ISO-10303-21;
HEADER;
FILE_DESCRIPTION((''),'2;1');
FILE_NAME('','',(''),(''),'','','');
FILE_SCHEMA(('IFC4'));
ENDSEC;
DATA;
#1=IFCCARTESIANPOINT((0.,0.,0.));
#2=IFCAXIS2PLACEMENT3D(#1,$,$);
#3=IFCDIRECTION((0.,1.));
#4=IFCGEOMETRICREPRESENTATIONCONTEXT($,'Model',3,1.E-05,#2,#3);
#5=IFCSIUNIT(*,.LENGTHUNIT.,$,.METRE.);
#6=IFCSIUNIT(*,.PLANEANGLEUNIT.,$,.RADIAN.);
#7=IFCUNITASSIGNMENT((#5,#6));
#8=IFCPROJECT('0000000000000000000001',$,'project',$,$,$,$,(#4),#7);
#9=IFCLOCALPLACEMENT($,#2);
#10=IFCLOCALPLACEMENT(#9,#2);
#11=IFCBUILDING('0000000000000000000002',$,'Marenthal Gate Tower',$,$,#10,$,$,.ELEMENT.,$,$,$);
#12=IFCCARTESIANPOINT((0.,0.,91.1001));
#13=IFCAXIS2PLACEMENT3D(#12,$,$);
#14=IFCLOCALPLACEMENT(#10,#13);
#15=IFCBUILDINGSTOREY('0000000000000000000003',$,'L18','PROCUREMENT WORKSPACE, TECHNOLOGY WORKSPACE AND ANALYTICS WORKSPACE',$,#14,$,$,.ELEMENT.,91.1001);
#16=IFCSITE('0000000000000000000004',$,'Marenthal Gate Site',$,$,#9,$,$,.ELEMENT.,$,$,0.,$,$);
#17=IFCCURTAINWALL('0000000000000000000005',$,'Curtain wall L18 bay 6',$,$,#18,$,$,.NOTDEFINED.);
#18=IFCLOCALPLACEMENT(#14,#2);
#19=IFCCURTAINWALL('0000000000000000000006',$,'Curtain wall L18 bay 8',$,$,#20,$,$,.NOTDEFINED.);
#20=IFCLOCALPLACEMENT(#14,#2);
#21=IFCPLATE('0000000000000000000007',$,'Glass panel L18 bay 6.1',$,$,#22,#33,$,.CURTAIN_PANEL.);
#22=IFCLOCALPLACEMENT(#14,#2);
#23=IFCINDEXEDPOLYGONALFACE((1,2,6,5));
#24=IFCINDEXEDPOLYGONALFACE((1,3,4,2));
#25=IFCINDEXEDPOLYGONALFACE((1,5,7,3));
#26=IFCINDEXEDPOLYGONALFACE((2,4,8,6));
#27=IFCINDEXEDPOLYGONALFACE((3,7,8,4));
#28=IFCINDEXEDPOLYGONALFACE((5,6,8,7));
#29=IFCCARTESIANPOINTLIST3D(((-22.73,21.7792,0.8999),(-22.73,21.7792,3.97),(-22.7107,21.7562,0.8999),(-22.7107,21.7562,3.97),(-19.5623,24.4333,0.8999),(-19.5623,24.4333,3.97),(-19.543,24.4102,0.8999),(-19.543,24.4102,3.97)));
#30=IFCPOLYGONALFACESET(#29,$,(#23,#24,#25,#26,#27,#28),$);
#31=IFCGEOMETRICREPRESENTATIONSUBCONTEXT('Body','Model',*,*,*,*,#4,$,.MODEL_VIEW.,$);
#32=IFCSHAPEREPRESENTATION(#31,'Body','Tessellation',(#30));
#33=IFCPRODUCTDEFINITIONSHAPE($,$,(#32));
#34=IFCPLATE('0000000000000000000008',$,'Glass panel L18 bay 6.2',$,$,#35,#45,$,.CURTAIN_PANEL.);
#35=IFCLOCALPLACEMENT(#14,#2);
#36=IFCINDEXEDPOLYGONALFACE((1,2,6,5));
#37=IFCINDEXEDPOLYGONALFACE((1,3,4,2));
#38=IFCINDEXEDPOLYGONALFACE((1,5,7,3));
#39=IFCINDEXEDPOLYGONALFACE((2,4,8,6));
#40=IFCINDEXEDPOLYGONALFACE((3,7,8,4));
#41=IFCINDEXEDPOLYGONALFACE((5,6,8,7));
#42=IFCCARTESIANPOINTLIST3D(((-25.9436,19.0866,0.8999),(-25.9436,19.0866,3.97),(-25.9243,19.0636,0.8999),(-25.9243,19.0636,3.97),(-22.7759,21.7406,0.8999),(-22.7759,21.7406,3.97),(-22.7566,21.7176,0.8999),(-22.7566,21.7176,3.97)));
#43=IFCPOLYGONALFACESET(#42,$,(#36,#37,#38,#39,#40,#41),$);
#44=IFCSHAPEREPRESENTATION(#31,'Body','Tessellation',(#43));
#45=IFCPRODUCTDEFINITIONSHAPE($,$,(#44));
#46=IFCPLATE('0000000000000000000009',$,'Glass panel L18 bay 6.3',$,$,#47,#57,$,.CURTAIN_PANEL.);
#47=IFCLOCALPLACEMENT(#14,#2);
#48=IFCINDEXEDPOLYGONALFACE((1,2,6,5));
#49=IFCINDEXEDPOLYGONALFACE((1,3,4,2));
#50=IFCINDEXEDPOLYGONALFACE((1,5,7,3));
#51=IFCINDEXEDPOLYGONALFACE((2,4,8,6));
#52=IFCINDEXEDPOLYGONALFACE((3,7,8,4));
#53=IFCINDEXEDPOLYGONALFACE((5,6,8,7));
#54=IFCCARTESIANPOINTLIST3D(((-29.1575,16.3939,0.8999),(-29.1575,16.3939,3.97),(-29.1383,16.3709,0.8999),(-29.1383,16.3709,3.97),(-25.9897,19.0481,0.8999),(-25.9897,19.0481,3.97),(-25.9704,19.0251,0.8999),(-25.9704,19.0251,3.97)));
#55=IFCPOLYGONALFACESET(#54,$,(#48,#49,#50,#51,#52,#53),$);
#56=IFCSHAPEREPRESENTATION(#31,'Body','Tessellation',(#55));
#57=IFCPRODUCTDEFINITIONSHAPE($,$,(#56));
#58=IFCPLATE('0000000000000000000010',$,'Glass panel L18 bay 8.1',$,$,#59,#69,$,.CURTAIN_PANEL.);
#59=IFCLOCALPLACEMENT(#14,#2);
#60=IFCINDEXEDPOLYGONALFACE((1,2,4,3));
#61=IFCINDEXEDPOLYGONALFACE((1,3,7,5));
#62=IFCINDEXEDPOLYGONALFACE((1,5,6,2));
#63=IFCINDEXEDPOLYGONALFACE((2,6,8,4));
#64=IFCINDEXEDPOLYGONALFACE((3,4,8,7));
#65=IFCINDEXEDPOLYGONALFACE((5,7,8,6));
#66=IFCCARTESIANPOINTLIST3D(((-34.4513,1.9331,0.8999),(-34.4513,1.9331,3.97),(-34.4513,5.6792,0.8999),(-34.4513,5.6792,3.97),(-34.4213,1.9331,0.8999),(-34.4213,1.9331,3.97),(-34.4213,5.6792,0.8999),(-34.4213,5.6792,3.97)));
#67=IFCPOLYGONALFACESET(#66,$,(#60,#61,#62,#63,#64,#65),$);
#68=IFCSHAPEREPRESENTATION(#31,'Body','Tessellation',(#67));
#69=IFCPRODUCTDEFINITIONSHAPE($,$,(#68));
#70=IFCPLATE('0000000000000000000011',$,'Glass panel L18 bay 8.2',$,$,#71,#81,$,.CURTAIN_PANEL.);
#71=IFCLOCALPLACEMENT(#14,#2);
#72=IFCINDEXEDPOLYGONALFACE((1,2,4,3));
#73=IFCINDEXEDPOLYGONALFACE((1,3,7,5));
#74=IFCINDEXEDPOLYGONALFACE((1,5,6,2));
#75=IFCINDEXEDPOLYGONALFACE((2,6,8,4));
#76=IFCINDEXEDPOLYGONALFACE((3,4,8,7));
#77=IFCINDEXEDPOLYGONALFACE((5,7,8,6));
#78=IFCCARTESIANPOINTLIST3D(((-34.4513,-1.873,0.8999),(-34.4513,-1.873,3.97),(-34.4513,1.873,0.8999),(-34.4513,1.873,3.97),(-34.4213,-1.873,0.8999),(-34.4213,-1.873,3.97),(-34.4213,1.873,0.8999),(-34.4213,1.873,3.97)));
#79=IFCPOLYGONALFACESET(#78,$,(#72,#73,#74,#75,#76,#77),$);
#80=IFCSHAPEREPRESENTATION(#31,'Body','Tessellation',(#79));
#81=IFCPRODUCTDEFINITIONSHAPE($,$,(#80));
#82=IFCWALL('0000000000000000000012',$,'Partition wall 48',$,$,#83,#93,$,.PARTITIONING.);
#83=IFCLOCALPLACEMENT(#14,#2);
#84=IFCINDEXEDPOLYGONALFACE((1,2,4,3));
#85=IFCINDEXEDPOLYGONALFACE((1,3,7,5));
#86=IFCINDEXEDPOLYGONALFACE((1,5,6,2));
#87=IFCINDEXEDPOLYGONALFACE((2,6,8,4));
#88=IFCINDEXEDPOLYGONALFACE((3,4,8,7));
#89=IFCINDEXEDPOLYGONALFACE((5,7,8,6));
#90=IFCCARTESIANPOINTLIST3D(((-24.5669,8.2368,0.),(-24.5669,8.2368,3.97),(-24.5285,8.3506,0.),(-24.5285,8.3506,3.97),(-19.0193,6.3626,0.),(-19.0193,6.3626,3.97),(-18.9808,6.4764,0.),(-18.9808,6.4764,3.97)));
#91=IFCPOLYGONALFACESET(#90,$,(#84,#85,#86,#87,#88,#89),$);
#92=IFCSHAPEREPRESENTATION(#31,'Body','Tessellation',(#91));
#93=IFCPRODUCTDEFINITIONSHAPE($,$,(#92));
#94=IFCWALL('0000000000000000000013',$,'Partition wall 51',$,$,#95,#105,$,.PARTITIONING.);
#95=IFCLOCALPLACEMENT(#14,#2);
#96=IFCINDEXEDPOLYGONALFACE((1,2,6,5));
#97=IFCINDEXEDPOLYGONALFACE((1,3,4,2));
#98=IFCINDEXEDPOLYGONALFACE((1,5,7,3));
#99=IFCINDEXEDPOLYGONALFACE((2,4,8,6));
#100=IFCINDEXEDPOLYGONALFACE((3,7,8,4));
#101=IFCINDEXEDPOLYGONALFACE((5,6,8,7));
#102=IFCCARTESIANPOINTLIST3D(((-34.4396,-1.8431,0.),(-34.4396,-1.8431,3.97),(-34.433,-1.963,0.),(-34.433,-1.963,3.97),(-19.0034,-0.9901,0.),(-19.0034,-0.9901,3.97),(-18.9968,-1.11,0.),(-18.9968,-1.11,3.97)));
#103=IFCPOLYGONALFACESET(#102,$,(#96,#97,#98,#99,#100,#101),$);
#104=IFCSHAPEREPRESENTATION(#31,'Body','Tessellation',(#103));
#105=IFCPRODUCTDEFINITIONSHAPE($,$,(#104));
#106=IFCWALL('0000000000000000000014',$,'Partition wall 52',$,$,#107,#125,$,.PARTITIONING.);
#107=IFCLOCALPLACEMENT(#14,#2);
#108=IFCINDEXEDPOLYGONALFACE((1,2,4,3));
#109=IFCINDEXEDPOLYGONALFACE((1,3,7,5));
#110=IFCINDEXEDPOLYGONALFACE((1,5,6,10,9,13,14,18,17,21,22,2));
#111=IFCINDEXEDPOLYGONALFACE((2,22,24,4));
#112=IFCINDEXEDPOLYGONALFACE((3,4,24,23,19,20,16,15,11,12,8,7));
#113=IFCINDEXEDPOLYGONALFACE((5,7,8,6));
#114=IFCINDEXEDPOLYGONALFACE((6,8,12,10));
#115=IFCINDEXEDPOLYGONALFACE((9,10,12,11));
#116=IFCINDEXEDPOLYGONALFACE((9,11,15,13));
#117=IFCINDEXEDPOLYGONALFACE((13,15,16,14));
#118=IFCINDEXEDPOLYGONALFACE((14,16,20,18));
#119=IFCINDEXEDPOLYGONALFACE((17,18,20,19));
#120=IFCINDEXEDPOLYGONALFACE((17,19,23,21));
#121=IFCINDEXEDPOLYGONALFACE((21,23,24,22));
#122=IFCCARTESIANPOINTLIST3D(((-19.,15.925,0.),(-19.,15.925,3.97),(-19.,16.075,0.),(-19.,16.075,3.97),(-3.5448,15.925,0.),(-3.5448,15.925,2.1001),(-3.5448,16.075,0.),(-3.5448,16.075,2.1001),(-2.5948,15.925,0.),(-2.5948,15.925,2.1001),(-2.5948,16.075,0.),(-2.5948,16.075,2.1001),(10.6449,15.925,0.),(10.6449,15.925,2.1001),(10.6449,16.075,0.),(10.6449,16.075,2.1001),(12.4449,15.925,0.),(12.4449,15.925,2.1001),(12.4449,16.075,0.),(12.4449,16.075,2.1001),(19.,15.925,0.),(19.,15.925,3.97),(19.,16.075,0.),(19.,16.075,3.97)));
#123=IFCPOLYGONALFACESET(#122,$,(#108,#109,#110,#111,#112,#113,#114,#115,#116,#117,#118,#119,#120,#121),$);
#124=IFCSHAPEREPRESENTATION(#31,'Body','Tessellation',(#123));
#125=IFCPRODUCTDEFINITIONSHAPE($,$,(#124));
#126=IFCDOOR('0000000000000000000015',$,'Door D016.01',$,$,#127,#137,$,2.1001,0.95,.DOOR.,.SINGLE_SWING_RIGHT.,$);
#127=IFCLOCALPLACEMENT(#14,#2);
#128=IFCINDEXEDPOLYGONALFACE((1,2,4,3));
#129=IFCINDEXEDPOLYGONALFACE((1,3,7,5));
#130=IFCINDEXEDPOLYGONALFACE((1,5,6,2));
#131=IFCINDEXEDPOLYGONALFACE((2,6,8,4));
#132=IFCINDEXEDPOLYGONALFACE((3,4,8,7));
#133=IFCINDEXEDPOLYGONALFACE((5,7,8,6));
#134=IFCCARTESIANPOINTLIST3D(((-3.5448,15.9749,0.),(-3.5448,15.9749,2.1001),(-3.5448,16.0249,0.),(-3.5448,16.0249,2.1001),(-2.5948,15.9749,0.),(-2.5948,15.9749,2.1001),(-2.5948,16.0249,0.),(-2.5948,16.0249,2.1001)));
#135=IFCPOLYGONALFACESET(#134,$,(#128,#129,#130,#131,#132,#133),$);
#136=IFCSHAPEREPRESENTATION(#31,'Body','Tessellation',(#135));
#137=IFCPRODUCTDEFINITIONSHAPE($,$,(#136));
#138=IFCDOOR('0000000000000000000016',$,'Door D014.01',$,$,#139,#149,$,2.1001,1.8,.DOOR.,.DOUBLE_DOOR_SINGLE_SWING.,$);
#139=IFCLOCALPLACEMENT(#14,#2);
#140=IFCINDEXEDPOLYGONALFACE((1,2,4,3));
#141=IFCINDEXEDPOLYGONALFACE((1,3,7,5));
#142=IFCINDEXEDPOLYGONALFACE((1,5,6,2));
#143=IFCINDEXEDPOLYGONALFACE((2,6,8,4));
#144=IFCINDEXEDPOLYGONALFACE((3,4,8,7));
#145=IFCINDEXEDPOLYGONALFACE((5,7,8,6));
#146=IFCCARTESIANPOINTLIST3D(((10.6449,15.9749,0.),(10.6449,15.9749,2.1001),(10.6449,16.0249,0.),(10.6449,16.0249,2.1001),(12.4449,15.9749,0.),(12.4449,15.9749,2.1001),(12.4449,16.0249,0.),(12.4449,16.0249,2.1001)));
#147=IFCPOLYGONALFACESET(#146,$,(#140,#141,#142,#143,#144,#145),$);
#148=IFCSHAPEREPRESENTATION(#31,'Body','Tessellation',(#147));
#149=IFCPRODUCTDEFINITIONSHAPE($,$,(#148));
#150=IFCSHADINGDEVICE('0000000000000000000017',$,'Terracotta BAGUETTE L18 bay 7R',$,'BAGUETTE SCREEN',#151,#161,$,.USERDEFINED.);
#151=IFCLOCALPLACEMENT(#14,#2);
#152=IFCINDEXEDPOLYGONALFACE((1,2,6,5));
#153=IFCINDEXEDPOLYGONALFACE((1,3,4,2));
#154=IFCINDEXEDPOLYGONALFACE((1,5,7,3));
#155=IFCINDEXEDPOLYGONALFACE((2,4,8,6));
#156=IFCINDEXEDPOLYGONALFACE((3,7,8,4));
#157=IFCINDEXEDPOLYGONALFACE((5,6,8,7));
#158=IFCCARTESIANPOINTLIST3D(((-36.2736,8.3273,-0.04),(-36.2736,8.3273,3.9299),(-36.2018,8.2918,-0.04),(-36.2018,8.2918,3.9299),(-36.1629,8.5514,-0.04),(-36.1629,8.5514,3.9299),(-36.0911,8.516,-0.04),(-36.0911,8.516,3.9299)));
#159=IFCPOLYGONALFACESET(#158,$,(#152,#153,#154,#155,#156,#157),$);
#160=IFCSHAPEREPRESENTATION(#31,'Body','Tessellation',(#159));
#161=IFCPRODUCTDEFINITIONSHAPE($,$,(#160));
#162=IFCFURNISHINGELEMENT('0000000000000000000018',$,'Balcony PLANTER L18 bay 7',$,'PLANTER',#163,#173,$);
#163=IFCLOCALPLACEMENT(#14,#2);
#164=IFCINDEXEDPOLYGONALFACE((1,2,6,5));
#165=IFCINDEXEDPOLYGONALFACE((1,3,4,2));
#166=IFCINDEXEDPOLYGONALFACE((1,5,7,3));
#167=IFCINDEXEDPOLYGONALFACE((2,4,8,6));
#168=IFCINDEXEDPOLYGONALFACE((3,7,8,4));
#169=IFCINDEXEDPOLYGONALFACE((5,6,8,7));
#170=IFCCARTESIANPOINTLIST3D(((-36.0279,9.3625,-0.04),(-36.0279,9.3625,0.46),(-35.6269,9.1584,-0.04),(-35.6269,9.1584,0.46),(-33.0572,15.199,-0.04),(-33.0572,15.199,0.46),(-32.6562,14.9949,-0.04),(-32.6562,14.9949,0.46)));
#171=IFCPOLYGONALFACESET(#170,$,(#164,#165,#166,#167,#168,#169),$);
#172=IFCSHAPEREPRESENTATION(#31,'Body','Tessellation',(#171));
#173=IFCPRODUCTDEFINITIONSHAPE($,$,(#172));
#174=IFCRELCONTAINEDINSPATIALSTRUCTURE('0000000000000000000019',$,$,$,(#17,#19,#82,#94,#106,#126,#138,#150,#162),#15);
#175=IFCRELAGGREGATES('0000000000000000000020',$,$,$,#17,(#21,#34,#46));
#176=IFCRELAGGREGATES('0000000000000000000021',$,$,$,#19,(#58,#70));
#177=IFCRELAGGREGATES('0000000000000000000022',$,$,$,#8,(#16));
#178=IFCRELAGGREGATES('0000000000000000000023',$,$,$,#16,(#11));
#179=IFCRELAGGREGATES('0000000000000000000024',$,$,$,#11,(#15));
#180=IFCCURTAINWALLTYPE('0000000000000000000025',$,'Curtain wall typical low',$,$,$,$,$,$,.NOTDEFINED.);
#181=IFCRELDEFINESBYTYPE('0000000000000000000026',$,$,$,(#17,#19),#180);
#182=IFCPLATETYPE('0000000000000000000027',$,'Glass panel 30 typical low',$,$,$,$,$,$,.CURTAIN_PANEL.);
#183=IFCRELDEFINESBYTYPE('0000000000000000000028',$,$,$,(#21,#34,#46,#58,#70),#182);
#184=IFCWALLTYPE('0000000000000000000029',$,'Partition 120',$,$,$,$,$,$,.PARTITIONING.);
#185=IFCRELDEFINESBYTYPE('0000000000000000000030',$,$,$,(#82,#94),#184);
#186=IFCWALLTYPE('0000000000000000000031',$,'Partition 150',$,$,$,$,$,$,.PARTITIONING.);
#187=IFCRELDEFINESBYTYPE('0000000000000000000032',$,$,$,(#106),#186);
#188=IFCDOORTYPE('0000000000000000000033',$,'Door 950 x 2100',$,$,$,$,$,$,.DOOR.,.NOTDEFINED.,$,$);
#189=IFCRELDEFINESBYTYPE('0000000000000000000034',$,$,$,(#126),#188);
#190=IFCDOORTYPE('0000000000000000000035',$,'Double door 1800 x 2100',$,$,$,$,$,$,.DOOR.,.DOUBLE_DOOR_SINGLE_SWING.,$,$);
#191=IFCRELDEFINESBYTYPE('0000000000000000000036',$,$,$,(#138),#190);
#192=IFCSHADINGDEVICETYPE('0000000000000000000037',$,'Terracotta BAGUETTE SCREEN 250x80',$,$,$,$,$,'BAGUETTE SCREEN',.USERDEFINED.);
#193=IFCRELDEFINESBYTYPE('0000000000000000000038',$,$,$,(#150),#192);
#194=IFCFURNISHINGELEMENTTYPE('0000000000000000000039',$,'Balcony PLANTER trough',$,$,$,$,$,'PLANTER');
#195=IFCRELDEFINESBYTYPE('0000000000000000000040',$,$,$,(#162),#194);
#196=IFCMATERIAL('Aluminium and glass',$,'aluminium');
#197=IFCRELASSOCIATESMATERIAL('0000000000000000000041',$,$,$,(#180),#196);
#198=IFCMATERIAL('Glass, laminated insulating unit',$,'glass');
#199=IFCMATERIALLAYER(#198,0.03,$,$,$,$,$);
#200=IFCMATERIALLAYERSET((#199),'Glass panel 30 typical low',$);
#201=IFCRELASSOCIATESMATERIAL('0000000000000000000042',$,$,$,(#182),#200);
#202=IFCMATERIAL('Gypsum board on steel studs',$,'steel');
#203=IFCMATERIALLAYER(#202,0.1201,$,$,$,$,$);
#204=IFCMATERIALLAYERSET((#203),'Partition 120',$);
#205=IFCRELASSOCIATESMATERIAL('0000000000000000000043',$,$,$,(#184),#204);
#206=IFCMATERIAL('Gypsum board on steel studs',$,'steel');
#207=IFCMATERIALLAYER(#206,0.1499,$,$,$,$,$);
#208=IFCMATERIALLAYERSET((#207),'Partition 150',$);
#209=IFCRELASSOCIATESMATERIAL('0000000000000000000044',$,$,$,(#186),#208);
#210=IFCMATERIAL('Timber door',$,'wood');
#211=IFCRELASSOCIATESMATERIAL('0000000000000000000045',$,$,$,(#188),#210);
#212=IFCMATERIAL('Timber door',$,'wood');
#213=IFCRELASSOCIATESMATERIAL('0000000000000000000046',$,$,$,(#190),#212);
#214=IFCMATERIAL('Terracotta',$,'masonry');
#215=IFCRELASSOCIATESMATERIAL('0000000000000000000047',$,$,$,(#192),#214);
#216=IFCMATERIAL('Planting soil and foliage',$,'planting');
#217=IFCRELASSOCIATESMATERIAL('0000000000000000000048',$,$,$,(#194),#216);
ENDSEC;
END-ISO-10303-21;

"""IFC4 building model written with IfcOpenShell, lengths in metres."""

from ifc_helpers import new_model, si_unit, direction, frame, frame_2d, origin, origin_2d, place, context, subcontext, project, spatial, rectangle, extrude, material, layer, layer_set, material_profile, profile_set, type_object, element, fill, aggregate, save


model = new_model("IFC4")

# Units and contexts
model_context = context("Model", 3, precision=1e-05, world=origin(), true_north=direction((0.0, 1.0)))
body_context = subcontext(model_context, "Body", "Model", "MODEL_VIEW")
ifc_project = project(units=[si_unit("LENGTHUNIT", "METRE"), si_unit("PLANEANGLEUNIT", "RADIAN")], contexts=[model_context])

# Site, building, storey
site_placement = place(None, origin())
site = spatial("IfcSite", under=ifc_project, at=site_placement, Name="Marenthal Gate Site", CompositionType="ELEMENT", RefElevation=0.0)
building_placement = place(site_placement, origin())
building = spatial("IfcBuilding", under=site, at=building_placement, Name="Marenthal Gate Tower", CompositionType="ELEMENT")
storey_placement = place(building_placement, frame((0.0, 0.0, 91.1001)))
storey = spatial("IfcBuildingStorey", under=building, at=storey_placement, Name="L18", Description="PROCUREMENT WORKSPACE, TECHNOLOGY WORKSPACE AND ANALYTICS WORKSPACE", CompositionType="ELEMENT", Elevation=91.1001)

# Curtain walls
ifc_material_1 = material(Name="Aluminium and glass", Category="aluminium")
curtain_wall_type = type_object("IfcCurtainWallType", Name="Curtain wall typical low", PredefinedType="NOTDEFINED", material=ifc_material_1)
curtain_wall_1_placement = place(storey_placement, origin())
curtain_wall_1 = element("IfcCurtainWall", 1, at=curtain_wall_1_placement, inside=storey, type_object=curtain_wall_type, Name="Curtain wall L18 bay 6", PredefinedType="NOTDEFINED")
curtain_wall_2_placement = place(storey_placement, origin())
curtain_wall_2 = element("IfcCurtainWall", 2, at=curtain_wall_2_placement, inside=storey, type_object=curtain_wall_type, Name="Curtain wall L18 bay 8", PredefinedType="NOTDEFINED")

# Plates
ifc_material_2 = material(Name="Glass, laminated insulating unit", Category="glass")
ifc_layer_1 = layer(ifc_material_2, 0.03)
ifc_layer_set_1 = layer_set([ifc_layer_1], Name="Glass panel 30 typical low")
plate_type = type_object("IfcPlateType", Name="Glass panel 30 typical low", PredefinedType="CURTAIN_PANEL", material=ifc_layer_set_1)
plate_1_placement = place(storey_placement, frame((-21.1365, 23.0947, 0.8999), z_axis=(0.0, 0.0, 1.0), x_axis=(-0.766513, -0.642228, 0.0)))
plate_1 = element("IfcPlate", 3, at=plate_1_placement, type_object=plate_type, Name="Glass panel L18 bay 6.1", PredefinedType="CURTAIN_PANEL", context=body_context, shape_type="SweptSolid", body=[
    extrude(rectangle(XDim=4.1326, YDim=0.03, at=origin_2d()), origin(), (0.0, 0.0, 1.0), 3.0701),
])
plate_2_placement = place(storey_placement, frame((-24.3501, 20.4021, 0.8999), z_axis=(0.0, 0.0, 1.0), x_axis=(-0.766513, -0.642228, 0.0)))
plate_2 = element("IfcPlate", 4, at=plate_2_placement, type_object=plate_type, Name="Glass panel L18 bay 6.2", PredefinedType="CURTAIN_PANEL", context=body_context, shape_type="SweptSolid", body=[
    extrude(rectangle(XDim=4.1326, YDim=0.03, at=origin_2d()), origin(), (0.0, 0.0, 1.0), 3.0701),
])
plate_3_placement = place(storey_placement, frame((-27.564, 17.7095, 0.8999), z_axis=(0.0, 0.0, 1.0), x_axis=(-0.766513, -0.642228, 0.0)))
plate_3 = element("IfcPlate", 5, at=plate_3_placement, type_object=plate_type, Name="Glass panel L18 bay 6.3", PredefinedType="CURTAIN_PANEL", context=body_context, shape_type="SweptSolid", body=[
    extrude(rectangle(XDim=4.1328, YDim=0.03, at=origin_2d()), origin(), (0.0, 0.0, 1.0), 3.0701),
])
aggregate(curtain_wall_1, [plate_1, plate_2, plate_3])
plate_4_placement = place(storey_placement, frame((-34.4363, 3.8062, 0.8999), z_axis=(0.0, 0.0, 1.0), x_axis=(0.0, -1.0, 0.0)))
plate_4 = element("IfcPlate", 6, at=plate_4_placement, type_object=plate_type, Name="Glass panel L18 bay 8.1", PredefinedType="CURTAIN_PANEL", context=body_context, shape_type="SweptSolid", body=[
    extrude(rectangle(XDim=3.7461, YDim=0.03, at=origin_2d()), origin(), (0.0, 0.0, 1.0), 3.0701),
])
plate_5_placement = place(storey_placement, frame((-34.4363, 0.0, 0.8999), z_axis=(0.0, 0.0, 1.0), x_axis=(0.0, -1.0, 0.0)))
plate_5 = element("IfcPlate", 7, at=plate_5_placement, type_object=plate_type, Name="Glass panel L18 bay 8.2", PredefinedType="CURTAIN_PANEL", context=body_context, shape_type="SweptSolid", body=[
    extrude(rectangle(XDim=3.7461, YDim=0.03, at=origin_2d()), origin(), (0.0, 0.0, 1.0), 3.0701),
])
aggregate(curtain_wall_2, [plate_4, plate_5])

# Walls
ifc_material_3 = material(Name="Gypsum board on steel studs", Category="steel")
ifc_layer_2 = layer(ifc_material_3, 0.1201)
ifc_layer_set_2 = layer_set([ifc_layer_2], Name="Partition 120")
wall_type_1 = type_object("IfcWallType", Name="Partition 120", PredefinedType="PARTITIONING", material=ifc_layer_set_2)
wall_1_placement = place(storey_placement, frame((-24.5476, 8.2937, 0.0), z_axis=(0.0, 0.0, 1.0), x_axis=(0.947391, -0.320078, 0.0)))
element("IfcWall", 8, at=wall_1_placement, inside=storey, type_object=wall_type_1, Name="Partition wall 48", PredefinedType="PARTITIONING", context=body_context, shape_type="SweptSolid", body=[
    extrude(rectangle(XDim=5.8557, YDim=0.1201, at=frame_2d((2.9277, 0.0))), origin(), (0.0, 0.0, 1.0), 3.97),
])
wall_2_placement = place(storey_placement, frame((-19.0, -1.05, 0.0), z_axis=(0.0, 0.0, 1.0), x_axis=(-0.998477, -0.055177, 0.0)))
element("IfcWall", 9, at=wall_2_placement, inside=storey, type_object=wall_type_1, Name="Partition wall 51", PredefinedType="PARTITIONING", context=body_context, shape_type="SweptSolid", body=[
    extrude(rectangle(XDim=15.4597, YDim=0.1201, at=frame_2d((7.73, 0.0))), origin(), (0.0, 0.0, 1.0), 3.97),
])

# Wall, openings, doors
ifc_material_4 = material(Name="Gypsum board on steel studs", Category="steel")
ifc_layer_3 = layer(ifc_material_4, 0.1499)
ifc_layer_set_3 = layer_set([ifc_layer_3], Name="Partition 150")
wall_type_2 = type_object("IfcWallType", Name="Partition 150", PredefinedType="PARTITIONING", material=ifc_layer_set_3)
wall_3_placement = place(storey_placement, frame((-19.0, 16.0, 0.0), z_axis=(0.0, 0.0, 1.0), x_axis=(1.0, 0.0, 0.0)))
wall_3 = element("IfcWall", 10, at=wall_3_placement, inside=storey, type_object=wall_type_2, Name="Partition wall 52", PredefinedType="PARTITIONING", context=body_context, shape_type="SweptSolid", body=[
    extrude(rectangle(XDim=38.0, YDim=0.1499, at=frame_2d((19.0, 0.0))), origin(), (0.0, 0.0, 1.0), 3.97),
])
opening_1_placement = place(wall_3_placement, frame((15.4551, 0.0, 0.0)))
opening_1 = element("IfcOpeningElement", 11, at=opening_1_placement, cuts=wall_3, PredefinedType="OPENING", context=body_context, shape_type="SweptSolid", body=[
    extrude(rectangle(XDim=0.95, YDim=2.1001, at=frame_2d((0.4751, 1.05))), frame((0.0, 0.085, 0.0), z_axis=(0.0, -1.0, 0.0), x_axis=(1.0, 0.0, 0.0)), (0.0, 0.0, 1.0), 0.1699),
])
opening_2_placement = place(wall_3_placement, frame((29.645, 0.0, 0.0)))
opening_2 = element("IfcOpeningElement", 12, at=opening_2_placement, cuts=wall_3, PredefinedType="OPENING", context=body_context, shape_type="SweptSolid", body=[
    extrude(rectangle(XDim=1.8, YDim=2.1001, at=frame_2d((0.8999, 1.05))), frame((0.0, 0.085, 0.0), z_axis=(0.0, -1.0, 0.0), x_axis=(1.0, 0.0, 0.0)), (0.0, 0.0, 1.0), 0.1699),
])
ifc_material_5 = material(Name="Timber door", Category="wood")
door_type_1 = type_object("IfcDoorType", Name="Door 950 x 2100", OperationType="NOTDEFINED", PredefinedType="DOOR", material=ifc_material_5)
door_1_placement = place(opening_1_placement, origin())
door_1 = element("IfcDoor", 13, at=door_1_placement, inside=storey, type_object=door_type_1, Name="Door D016.01", OperationType="SINGLE_SWING_RIGHT", OverallHeight=2.1001, OverallWidth=0.95, PredefinedType="DOOR", context=body_context, shape_type="SweptSolid", body=[
    extrude(rectangle(XDim=0.95, YDim=2.1001, at=frame_2d((0.4751, 1.05))), frame((0.0, 0.0249, 0.0), z_axis=(0.0, -1.0, 0.0), x_axis=(1.0, 0.0, 0.0)), (0.0, 0.0, 1.0), 0.05),
])
fill(opening_1, door_1)
ifc_material_6 = material(Name="Timber door", Category="wood")
door_type_2 = type_object("IfcDoorType", Name="Double door 1800 x 2100", OperationType="DOUBLE_DOOR_SINGLE_SWING", PredefinedType="DOOR", material=ifc_material_6)
door_2_placement = place(opening_2_placement, origin())
door_2 = element("IfcDoor", 14, at=door_2_placement, inside=storey, type_object=door_type_2, Name="Door D014.01", OperationType="DOUBLE_DOOR_SINGLE_SWING", OverallHeight=2.1001, OverallWidth=1.8, PredefinedType="DOOR", context=body_context, shape_type="SweptSolid", body=[
    extrude(rectangle(XDim=1.8, YDim=2.1001, at=frame_2d((0.8999, 1.05))), frame((0.0, 0.0249, 0.0), z_axis=(0.0, -1.0, 0.0), x_axis=(1.0, 0.0, 0.0)), (0.0, 0.0, 1.0), 0.05),
])
fill(opening_2, door_2)

# Shading device
ifc_material_7 = material(Name="Terracotta", Category="masonry")
ifc_material_profile_1 = material_profile(ifc_material_7, rectangle(XDim=0.25, YDim=0.0801, at=origin_2d()), Name="Terracotta baguette 250x80")
ifc_profile_set_1 = profile_set([ifc_material_profile_1], Name="Terracotta")
shading_device_type = type_object("IfcShadingDeviceType", Name="Terracotta BAGUETTE SCREEN 250x80", ElementType="BAGUETTE SCREEN", PredefinedType="USERDEFINED", material=ifc_profile_set_1)
shading_device_placement = place(storey_placement, frame((-36.1824, 8.4216, -0.04), z_axis=(0.0, 0.0, 1.0), x_axis=(-0.44286, -0.896591, 0.0)))
element("IfcShadingDevice", 15, at=shading_device_placement, inside=storey, type_object=shading_device_type, Name="Terracotta BAGUETTE L18 bay 7R", ObjectType="BAGUETTE SCREEN", PredefinedType="USERDEFINED", context=body_context, shape_type="SweptSolid", body=[
    extrude(rectangle(XDim=0.25, YDim=0.0801, at=origin_2d()), origin(), (0.0, 0.0, 1.0), 3.97),
])

# Furnishing element
ifc_material_8 = material(Name="Planting soil and foliage", Category="planting")
furnishing_element_type = type_object("IfcFurnishingElementType", Name="Balcony PLANTER trough", ElementType="PLANTER", material=ifc_material_8)
furnishing_placement = place(storey_placement, frame((-34.342, 12.1787, -0.04), z_axis=(0.0, 0.0, 1.0), x_axis=(-0.453616, -0.891197, 0.0)))
element("IfcFurnishingElement", 16, at=furnishing_placement, inside=storey, type_object=furnishing_element_type, Name="Balcony PLANTER L18 bay 7", ObjectType="PLANTER", context=body_context, shape_type="SweptSolid", body=[
    extrude(rectangle(XDim=6.5491, YDim=0.45, at=origin_2d()), origin(), (0.0, 0.0, 1.0), 0.5),
])

save(model, "model.ifc")
